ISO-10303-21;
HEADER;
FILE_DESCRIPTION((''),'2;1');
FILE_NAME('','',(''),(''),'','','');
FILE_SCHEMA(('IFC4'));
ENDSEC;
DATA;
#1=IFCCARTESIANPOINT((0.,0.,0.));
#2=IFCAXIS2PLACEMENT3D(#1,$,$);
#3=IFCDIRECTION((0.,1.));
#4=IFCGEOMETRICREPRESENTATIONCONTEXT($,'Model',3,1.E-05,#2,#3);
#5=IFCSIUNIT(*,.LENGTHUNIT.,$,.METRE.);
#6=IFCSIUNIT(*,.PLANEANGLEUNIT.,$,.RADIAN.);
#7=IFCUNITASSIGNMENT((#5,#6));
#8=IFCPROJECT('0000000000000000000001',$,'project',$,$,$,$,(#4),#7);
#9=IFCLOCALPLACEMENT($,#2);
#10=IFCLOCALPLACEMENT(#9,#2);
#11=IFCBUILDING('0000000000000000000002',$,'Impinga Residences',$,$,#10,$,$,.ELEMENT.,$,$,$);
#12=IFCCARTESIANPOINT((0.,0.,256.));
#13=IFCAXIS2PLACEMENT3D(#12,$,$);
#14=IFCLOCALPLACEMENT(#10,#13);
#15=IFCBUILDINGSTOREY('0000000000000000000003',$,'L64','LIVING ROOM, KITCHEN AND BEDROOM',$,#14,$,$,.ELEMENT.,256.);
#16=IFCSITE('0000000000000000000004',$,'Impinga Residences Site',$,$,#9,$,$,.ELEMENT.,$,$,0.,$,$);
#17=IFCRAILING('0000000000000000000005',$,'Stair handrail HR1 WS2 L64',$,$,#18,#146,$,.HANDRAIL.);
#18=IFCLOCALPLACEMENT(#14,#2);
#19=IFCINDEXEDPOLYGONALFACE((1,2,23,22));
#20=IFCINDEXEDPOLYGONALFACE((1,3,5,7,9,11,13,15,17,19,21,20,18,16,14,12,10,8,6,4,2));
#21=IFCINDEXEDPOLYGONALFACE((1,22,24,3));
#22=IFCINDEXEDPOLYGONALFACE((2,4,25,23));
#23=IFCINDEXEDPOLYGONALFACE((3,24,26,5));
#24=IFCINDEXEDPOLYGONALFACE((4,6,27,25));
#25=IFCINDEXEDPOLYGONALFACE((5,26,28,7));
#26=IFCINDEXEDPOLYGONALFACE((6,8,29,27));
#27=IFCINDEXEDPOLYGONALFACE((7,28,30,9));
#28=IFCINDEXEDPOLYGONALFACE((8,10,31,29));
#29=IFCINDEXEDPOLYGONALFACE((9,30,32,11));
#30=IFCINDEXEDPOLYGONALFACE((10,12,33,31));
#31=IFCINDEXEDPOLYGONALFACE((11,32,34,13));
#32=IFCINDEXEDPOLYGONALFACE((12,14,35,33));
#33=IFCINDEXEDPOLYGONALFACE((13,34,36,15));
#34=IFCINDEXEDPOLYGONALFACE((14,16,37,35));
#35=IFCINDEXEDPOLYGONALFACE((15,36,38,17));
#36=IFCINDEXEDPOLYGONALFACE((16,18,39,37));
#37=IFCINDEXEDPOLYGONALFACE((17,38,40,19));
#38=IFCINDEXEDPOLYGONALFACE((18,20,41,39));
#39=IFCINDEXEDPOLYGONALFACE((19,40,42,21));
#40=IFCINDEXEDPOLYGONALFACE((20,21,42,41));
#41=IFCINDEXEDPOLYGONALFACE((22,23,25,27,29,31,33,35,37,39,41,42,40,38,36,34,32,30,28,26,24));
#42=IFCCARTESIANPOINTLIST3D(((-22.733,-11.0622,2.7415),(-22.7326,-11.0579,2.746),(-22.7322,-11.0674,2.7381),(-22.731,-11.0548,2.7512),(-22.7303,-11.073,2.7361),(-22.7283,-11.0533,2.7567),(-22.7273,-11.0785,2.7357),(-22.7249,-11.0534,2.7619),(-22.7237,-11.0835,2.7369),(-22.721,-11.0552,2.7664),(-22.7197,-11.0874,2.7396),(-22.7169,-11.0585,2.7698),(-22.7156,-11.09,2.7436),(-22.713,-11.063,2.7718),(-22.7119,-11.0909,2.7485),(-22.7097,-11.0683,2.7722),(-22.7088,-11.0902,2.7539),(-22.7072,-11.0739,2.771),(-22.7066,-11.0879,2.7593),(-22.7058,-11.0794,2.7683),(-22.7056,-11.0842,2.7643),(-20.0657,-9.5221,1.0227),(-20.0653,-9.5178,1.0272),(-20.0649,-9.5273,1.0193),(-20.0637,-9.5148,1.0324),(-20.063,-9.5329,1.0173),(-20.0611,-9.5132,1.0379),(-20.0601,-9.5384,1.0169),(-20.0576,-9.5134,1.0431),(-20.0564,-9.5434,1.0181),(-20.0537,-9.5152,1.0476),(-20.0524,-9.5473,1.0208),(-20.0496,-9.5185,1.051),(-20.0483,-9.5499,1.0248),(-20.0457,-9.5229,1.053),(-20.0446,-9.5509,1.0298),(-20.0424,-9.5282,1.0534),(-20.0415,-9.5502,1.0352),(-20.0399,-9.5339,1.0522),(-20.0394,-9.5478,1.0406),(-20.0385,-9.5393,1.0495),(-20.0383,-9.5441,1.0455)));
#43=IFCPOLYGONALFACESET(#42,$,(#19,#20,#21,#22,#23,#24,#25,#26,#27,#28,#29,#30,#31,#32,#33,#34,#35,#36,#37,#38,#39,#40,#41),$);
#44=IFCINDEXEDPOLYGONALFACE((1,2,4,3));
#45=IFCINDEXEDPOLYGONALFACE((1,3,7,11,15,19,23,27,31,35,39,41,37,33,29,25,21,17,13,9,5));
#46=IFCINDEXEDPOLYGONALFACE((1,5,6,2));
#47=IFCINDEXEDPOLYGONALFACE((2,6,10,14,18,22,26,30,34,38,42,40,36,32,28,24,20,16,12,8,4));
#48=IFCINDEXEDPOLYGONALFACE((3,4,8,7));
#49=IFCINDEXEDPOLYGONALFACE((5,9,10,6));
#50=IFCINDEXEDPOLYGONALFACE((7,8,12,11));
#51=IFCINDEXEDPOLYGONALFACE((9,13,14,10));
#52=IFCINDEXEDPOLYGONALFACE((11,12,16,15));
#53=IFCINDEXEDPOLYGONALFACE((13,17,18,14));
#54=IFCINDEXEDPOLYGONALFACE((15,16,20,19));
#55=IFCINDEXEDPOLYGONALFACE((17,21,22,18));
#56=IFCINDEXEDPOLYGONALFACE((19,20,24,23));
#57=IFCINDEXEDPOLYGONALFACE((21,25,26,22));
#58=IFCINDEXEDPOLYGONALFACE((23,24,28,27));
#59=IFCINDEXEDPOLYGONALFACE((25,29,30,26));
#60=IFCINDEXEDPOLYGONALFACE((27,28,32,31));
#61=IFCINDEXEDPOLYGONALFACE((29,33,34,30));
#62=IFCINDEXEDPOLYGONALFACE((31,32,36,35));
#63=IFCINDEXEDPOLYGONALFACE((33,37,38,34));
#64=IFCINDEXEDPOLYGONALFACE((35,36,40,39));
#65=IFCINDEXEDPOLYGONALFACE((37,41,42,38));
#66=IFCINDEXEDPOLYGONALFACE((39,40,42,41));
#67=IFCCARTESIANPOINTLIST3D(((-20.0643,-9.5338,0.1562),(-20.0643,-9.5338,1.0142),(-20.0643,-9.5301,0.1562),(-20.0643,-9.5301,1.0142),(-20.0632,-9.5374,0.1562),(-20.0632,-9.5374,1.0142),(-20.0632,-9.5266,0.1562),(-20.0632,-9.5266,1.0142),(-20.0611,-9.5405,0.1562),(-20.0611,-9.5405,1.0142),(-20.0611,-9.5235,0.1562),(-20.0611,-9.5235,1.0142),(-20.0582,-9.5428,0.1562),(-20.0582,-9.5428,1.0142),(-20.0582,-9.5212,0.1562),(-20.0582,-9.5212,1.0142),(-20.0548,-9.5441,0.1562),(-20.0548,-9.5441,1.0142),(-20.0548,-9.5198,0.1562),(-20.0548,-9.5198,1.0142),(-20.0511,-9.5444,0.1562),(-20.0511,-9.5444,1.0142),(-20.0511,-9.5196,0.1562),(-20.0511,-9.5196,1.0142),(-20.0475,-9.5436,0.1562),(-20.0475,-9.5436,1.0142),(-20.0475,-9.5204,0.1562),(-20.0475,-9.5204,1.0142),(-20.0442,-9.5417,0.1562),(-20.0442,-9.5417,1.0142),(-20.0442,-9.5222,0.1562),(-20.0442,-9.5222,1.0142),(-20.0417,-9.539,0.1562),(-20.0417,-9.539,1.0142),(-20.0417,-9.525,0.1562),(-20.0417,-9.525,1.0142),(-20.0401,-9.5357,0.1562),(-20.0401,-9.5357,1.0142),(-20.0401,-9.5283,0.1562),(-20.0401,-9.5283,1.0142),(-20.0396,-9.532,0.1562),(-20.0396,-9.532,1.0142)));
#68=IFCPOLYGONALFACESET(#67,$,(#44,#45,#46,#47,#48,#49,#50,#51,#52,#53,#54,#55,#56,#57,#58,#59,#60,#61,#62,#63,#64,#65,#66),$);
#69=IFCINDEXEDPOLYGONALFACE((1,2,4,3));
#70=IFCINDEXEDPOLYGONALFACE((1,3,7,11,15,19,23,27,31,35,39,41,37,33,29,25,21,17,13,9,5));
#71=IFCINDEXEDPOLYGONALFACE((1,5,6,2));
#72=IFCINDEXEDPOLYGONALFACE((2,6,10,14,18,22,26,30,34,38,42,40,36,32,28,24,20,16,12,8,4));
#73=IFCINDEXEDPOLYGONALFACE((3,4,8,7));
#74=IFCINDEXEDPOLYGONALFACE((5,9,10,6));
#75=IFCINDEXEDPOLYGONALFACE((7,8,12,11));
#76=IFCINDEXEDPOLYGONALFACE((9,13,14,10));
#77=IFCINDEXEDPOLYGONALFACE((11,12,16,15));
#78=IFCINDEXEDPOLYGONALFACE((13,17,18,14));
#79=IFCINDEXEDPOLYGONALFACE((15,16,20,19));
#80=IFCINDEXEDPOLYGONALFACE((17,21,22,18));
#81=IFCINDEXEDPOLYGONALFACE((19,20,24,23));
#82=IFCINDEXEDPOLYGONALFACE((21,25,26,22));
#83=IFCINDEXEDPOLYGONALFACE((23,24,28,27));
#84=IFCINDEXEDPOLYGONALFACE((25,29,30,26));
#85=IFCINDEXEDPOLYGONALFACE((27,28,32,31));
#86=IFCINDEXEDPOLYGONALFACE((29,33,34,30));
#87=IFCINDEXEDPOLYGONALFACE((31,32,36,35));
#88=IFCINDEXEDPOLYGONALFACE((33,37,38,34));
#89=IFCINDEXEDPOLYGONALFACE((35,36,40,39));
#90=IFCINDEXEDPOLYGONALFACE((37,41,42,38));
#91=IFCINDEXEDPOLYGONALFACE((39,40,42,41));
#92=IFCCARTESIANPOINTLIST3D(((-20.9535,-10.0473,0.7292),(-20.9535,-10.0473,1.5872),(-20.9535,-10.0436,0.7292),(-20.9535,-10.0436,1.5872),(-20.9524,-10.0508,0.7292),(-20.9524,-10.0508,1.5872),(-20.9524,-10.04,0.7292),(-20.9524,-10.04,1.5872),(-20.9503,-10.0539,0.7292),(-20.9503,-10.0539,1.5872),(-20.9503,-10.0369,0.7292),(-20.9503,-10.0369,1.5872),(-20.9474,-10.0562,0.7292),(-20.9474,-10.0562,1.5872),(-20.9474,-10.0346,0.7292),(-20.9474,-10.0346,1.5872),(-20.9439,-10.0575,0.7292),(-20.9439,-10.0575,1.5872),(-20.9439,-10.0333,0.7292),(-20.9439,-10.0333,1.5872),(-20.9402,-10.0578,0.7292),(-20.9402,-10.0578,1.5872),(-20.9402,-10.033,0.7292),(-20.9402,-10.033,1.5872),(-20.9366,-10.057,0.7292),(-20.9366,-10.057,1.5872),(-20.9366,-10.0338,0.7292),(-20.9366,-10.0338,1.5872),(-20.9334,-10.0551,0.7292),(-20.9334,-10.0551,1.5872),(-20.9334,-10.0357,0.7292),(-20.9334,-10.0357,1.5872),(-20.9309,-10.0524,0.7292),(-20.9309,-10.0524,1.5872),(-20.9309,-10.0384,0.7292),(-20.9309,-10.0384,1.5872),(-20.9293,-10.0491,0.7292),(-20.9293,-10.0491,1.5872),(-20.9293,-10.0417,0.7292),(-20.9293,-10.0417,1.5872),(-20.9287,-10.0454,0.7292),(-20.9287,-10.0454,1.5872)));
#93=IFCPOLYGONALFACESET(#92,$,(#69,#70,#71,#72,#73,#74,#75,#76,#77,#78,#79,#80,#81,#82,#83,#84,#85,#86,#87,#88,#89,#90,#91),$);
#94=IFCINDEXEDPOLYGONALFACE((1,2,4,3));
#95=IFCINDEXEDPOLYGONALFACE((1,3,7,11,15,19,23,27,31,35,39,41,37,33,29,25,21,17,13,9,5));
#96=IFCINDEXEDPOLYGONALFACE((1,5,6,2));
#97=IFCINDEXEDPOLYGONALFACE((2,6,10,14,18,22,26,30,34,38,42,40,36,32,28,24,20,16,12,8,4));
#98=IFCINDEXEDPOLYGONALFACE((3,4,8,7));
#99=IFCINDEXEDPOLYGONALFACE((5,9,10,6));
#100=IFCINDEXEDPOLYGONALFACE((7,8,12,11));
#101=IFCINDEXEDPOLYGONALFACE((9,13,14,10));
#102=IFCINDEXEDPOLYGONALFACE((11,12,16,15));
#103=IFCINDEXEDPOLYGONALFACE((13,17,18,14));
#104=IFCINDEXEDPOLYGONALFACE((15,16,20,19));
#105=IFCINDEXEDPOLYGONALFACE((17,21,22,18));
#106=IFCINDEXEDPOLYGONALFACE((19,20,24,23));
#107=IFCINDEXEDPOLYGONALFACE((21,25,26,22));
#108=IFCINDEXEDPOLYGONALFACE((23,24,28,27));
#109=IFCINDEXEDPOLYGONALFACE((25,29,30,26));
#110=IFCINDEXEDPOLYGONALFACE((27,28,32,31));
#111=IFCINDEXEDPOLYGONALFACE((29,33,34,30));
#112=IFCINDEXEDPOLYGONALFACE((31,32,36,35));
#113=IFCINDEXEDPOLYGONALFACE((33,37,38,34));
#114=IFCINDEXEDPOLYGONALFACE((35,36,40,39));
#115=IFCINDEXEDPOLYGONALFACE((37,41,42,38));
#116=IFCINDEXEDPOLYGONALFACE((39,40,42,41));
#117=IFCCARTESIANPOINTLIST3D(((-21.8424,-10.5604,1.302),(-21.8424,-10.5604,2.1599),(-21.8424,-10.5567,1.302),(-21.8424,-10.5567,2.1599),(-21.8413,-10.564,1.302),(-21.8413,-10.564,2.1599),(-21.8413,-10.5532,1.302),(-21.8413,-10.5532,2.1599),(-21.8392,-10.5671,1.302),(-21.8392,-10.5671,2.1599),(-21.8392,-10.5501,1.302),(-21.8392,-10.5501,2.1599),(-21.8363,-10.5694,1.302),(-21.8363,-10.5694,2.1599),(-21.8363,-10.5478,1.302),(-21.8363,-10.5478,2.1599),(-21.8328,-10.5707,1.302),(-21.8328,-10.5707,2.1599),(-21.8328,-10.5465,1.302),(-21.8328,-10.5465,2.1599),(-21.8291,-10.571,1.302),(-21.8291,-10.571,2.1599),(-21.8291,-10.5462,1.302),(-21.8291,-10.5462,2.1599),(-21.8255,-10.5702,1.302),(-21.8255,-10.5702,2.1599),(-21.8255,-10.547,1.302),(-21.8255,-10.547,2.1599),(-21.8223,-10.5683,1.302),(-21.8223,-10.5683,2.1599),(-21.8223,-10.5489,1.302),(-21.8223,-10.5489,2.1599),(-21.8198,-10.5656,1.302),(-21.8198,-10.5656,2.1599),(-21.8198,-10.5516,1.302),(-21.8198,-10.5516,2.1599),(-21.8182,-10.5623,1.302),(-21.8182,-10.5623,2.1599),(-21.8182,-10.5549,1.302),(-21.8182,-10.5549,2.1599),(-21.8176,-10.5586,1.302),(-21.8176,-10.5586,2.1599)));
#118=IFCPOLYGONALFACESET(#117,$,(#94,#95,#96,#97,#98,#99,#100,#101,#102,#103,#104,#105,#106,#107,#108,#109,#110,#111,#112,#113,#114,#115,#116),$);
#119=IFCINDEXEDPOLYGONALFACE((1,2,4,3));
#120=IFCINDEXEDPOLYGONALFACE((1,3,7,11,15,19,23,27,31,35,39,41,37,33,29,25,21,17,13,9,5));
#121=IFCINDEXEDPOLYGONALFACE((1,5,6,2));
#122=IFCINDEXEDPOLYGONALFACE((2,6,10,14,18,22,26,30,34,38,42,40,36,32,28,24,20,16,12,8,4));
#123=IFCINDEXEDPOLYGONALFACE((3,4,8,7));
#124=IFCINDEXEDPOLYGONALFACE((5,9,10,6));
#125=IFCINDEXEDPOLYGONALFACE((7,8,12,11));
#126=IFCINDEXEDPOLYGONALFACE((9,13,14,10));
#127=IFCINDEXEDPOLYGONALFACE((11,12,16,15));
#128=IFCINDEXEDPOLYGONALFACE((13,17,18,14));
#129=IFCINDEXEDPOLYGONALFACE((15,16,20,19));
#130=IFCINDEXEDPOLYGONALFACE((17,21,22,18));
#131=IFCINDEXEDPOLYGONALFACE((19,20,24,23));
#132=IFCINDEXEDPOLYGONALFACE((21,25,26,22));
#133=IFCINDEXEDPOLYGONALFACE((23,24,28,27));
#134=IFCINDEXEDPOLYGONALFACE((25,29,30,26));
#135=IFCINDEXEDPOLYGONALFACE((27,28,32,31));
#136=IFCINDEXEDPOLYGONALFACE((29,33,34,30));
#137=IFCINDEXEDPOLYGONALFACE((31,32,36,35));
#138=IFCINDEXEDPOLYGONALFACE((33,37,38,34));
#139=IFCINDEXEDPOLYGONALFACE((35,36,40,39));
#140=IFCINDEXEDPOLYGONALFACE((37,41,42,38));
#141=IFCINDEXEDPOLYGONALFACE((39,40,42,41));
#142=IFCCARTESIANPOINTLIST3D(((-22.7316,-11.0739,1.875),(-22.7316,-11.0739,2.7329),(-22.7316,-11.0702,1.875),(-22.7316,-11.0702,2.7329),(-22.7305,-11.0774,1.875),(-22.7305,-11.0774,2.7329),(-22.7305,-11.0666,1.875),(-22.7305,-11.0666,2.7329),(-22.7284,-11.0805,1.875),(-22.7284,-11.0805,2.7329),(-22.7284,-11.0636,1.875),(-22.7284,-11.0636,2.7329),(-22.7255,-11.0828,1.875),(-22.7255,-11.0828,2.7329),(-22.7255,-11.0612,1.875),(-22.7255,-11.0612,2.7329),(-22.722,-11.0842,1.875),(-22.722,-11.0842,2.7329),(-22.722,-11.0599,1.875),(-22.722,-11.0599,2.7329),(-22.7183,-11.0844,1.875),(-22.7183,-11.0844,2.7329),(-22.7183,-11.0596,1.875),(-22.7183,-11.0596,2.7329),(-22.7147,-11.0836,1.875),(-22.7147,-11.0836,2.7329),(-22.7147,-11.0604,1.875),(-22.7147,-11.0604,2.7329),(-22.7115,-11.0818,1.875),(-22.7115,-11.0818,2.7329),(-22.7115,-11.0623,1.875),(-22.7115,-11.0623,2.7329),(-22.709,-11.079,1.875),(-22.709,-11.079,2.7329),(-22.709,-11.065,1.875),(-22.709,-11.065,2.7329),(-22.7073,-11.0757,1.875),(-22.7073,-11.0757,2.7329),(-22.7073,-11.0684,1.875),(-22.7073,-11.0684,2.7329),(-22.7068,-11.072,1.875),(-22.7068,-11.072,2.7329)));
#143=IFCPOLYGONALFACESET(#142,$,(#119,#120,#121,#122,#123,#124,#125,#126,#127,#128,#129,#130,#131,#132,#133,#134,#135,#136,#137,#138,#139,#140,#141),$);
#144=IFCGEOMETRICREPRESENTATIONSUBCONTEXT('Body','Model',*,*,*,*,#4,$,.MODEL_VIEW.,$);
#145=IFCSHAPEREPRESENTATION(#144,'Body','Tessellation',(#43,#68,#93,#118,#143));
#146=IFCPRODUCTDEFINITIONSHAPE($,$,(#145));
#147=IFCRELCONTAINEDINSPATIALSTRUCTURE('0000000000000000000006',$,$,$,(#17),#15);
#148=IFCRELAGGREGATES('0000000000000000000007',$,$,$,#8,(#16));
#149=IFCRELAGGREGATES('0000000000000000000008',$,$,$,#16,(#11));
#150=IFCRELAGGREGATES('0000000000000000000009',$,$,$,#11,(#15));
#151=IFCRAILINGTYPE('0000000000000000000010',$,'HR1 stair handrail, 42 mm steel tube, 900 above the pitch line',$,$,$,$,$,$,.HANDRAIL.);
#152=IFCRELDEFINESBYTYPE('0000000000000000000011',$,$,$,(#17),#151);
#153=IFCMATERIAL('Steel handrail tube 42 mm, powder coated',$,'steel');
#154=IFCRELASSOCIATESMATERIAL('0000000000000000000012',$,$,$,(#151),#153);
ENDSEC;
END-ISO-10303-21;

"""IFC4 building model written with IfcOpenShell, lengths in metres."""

from ifc_helpers import new_model, si_unit, direction, frame, origin, origin_2d, place, context, subcontext, project, spatial, circle, extrude, material, type_object, element, save


model = new_model("IFC4")

# Units and contexts
model_context = context("Model", 3, precision=1e-05, world=origin(), true_north=direction((0.0, 1.0)))
body_context = subcontext(model_context, "Body", "Model", "MODEL_VIEW")
ifc_project = project(units=[si_unit("LENGTHUNIT", "METRE"), si_unit("PLANEANGLEUNIT", "RADIAN")], contexts=[model_context])

# Site, building, storey
site_placement = place(None, origin())
site = spatial("IfcSite", under=ifc_project, at=site_placement, Name="Impinga Residences Site", CompositionType="ELEMENT", RefElevation=0.0)
building_placement = place(site_placement, origin())
building = spatial("IfcBuilding", under=site, at=building_placement, Name="Impinga Residences", CompositionType="ELEMENT")
storey_placement = place(building_placement, frame((0.0, 0.0, 256.0)))
storey = spatial("IfcBuildingStorey", under=building, at=storey_placement, Name="L64", Description="LIVING ROOM, KITCHEN AND BEDROOM", CompositionType="ELEMENT", Elevation=256.0)

# Railing
ifc_material_1 = material(Name="Steel handrail tube 42 mm, powder coated", Category="steel")
railing_type = type_object("IfcRailingType", Name="HR1 stair handrail, 42 mm steel tube, 900 above the pitch line", PredefinedType="HANDRAIL", material=ifc_material_1)
railing_1_placement = place(storey_placement, frame((-20.052, -9.532, 0.1562)))
element("IfcRailing", 1, at=railing_1_placement, inside=storey, type_object=railing_type, Name="Stair handrail HR1 WS2 L64", PredefinedType="HANDRAIL", context=body_context, shape_type="SweptSolid", body=[
    extrude(circle(Radius=0.021, at=origin_2d()), frame((0.0, 0.0, 0.8789), z_axis=(-0.756226, -0.436639, 0.487307), x_axis=(0.500027, -0.86601, 0.0)), (0.0, 0.0, 1.0), 3.5271),
    extrude(circle(Radius=0.0125, at=origin_2d()), origin(), (0.0, 0.0, 1.0), 0.8579),
    extrude(circle(Radius=0.0125, at=origin_2d()), frame((-0.8892, -0.5134, 0.573)), (0.0, 0.0, 1.0), 0.8579),
    extrude(circle(Radius=0.0125, at=origin_2d()), frame((-1.7781, -1.0266, 1.1458)), (0.0, 0.0, 1.0), 0.8579),
    extrude(circle(Radius=0.0125, at=origin_2d()), frame((-2.6672, -1.54, 1.7188)), (0.0, 0.0, 1.0), 0.8579),
])

save(model, "model.ifc")
